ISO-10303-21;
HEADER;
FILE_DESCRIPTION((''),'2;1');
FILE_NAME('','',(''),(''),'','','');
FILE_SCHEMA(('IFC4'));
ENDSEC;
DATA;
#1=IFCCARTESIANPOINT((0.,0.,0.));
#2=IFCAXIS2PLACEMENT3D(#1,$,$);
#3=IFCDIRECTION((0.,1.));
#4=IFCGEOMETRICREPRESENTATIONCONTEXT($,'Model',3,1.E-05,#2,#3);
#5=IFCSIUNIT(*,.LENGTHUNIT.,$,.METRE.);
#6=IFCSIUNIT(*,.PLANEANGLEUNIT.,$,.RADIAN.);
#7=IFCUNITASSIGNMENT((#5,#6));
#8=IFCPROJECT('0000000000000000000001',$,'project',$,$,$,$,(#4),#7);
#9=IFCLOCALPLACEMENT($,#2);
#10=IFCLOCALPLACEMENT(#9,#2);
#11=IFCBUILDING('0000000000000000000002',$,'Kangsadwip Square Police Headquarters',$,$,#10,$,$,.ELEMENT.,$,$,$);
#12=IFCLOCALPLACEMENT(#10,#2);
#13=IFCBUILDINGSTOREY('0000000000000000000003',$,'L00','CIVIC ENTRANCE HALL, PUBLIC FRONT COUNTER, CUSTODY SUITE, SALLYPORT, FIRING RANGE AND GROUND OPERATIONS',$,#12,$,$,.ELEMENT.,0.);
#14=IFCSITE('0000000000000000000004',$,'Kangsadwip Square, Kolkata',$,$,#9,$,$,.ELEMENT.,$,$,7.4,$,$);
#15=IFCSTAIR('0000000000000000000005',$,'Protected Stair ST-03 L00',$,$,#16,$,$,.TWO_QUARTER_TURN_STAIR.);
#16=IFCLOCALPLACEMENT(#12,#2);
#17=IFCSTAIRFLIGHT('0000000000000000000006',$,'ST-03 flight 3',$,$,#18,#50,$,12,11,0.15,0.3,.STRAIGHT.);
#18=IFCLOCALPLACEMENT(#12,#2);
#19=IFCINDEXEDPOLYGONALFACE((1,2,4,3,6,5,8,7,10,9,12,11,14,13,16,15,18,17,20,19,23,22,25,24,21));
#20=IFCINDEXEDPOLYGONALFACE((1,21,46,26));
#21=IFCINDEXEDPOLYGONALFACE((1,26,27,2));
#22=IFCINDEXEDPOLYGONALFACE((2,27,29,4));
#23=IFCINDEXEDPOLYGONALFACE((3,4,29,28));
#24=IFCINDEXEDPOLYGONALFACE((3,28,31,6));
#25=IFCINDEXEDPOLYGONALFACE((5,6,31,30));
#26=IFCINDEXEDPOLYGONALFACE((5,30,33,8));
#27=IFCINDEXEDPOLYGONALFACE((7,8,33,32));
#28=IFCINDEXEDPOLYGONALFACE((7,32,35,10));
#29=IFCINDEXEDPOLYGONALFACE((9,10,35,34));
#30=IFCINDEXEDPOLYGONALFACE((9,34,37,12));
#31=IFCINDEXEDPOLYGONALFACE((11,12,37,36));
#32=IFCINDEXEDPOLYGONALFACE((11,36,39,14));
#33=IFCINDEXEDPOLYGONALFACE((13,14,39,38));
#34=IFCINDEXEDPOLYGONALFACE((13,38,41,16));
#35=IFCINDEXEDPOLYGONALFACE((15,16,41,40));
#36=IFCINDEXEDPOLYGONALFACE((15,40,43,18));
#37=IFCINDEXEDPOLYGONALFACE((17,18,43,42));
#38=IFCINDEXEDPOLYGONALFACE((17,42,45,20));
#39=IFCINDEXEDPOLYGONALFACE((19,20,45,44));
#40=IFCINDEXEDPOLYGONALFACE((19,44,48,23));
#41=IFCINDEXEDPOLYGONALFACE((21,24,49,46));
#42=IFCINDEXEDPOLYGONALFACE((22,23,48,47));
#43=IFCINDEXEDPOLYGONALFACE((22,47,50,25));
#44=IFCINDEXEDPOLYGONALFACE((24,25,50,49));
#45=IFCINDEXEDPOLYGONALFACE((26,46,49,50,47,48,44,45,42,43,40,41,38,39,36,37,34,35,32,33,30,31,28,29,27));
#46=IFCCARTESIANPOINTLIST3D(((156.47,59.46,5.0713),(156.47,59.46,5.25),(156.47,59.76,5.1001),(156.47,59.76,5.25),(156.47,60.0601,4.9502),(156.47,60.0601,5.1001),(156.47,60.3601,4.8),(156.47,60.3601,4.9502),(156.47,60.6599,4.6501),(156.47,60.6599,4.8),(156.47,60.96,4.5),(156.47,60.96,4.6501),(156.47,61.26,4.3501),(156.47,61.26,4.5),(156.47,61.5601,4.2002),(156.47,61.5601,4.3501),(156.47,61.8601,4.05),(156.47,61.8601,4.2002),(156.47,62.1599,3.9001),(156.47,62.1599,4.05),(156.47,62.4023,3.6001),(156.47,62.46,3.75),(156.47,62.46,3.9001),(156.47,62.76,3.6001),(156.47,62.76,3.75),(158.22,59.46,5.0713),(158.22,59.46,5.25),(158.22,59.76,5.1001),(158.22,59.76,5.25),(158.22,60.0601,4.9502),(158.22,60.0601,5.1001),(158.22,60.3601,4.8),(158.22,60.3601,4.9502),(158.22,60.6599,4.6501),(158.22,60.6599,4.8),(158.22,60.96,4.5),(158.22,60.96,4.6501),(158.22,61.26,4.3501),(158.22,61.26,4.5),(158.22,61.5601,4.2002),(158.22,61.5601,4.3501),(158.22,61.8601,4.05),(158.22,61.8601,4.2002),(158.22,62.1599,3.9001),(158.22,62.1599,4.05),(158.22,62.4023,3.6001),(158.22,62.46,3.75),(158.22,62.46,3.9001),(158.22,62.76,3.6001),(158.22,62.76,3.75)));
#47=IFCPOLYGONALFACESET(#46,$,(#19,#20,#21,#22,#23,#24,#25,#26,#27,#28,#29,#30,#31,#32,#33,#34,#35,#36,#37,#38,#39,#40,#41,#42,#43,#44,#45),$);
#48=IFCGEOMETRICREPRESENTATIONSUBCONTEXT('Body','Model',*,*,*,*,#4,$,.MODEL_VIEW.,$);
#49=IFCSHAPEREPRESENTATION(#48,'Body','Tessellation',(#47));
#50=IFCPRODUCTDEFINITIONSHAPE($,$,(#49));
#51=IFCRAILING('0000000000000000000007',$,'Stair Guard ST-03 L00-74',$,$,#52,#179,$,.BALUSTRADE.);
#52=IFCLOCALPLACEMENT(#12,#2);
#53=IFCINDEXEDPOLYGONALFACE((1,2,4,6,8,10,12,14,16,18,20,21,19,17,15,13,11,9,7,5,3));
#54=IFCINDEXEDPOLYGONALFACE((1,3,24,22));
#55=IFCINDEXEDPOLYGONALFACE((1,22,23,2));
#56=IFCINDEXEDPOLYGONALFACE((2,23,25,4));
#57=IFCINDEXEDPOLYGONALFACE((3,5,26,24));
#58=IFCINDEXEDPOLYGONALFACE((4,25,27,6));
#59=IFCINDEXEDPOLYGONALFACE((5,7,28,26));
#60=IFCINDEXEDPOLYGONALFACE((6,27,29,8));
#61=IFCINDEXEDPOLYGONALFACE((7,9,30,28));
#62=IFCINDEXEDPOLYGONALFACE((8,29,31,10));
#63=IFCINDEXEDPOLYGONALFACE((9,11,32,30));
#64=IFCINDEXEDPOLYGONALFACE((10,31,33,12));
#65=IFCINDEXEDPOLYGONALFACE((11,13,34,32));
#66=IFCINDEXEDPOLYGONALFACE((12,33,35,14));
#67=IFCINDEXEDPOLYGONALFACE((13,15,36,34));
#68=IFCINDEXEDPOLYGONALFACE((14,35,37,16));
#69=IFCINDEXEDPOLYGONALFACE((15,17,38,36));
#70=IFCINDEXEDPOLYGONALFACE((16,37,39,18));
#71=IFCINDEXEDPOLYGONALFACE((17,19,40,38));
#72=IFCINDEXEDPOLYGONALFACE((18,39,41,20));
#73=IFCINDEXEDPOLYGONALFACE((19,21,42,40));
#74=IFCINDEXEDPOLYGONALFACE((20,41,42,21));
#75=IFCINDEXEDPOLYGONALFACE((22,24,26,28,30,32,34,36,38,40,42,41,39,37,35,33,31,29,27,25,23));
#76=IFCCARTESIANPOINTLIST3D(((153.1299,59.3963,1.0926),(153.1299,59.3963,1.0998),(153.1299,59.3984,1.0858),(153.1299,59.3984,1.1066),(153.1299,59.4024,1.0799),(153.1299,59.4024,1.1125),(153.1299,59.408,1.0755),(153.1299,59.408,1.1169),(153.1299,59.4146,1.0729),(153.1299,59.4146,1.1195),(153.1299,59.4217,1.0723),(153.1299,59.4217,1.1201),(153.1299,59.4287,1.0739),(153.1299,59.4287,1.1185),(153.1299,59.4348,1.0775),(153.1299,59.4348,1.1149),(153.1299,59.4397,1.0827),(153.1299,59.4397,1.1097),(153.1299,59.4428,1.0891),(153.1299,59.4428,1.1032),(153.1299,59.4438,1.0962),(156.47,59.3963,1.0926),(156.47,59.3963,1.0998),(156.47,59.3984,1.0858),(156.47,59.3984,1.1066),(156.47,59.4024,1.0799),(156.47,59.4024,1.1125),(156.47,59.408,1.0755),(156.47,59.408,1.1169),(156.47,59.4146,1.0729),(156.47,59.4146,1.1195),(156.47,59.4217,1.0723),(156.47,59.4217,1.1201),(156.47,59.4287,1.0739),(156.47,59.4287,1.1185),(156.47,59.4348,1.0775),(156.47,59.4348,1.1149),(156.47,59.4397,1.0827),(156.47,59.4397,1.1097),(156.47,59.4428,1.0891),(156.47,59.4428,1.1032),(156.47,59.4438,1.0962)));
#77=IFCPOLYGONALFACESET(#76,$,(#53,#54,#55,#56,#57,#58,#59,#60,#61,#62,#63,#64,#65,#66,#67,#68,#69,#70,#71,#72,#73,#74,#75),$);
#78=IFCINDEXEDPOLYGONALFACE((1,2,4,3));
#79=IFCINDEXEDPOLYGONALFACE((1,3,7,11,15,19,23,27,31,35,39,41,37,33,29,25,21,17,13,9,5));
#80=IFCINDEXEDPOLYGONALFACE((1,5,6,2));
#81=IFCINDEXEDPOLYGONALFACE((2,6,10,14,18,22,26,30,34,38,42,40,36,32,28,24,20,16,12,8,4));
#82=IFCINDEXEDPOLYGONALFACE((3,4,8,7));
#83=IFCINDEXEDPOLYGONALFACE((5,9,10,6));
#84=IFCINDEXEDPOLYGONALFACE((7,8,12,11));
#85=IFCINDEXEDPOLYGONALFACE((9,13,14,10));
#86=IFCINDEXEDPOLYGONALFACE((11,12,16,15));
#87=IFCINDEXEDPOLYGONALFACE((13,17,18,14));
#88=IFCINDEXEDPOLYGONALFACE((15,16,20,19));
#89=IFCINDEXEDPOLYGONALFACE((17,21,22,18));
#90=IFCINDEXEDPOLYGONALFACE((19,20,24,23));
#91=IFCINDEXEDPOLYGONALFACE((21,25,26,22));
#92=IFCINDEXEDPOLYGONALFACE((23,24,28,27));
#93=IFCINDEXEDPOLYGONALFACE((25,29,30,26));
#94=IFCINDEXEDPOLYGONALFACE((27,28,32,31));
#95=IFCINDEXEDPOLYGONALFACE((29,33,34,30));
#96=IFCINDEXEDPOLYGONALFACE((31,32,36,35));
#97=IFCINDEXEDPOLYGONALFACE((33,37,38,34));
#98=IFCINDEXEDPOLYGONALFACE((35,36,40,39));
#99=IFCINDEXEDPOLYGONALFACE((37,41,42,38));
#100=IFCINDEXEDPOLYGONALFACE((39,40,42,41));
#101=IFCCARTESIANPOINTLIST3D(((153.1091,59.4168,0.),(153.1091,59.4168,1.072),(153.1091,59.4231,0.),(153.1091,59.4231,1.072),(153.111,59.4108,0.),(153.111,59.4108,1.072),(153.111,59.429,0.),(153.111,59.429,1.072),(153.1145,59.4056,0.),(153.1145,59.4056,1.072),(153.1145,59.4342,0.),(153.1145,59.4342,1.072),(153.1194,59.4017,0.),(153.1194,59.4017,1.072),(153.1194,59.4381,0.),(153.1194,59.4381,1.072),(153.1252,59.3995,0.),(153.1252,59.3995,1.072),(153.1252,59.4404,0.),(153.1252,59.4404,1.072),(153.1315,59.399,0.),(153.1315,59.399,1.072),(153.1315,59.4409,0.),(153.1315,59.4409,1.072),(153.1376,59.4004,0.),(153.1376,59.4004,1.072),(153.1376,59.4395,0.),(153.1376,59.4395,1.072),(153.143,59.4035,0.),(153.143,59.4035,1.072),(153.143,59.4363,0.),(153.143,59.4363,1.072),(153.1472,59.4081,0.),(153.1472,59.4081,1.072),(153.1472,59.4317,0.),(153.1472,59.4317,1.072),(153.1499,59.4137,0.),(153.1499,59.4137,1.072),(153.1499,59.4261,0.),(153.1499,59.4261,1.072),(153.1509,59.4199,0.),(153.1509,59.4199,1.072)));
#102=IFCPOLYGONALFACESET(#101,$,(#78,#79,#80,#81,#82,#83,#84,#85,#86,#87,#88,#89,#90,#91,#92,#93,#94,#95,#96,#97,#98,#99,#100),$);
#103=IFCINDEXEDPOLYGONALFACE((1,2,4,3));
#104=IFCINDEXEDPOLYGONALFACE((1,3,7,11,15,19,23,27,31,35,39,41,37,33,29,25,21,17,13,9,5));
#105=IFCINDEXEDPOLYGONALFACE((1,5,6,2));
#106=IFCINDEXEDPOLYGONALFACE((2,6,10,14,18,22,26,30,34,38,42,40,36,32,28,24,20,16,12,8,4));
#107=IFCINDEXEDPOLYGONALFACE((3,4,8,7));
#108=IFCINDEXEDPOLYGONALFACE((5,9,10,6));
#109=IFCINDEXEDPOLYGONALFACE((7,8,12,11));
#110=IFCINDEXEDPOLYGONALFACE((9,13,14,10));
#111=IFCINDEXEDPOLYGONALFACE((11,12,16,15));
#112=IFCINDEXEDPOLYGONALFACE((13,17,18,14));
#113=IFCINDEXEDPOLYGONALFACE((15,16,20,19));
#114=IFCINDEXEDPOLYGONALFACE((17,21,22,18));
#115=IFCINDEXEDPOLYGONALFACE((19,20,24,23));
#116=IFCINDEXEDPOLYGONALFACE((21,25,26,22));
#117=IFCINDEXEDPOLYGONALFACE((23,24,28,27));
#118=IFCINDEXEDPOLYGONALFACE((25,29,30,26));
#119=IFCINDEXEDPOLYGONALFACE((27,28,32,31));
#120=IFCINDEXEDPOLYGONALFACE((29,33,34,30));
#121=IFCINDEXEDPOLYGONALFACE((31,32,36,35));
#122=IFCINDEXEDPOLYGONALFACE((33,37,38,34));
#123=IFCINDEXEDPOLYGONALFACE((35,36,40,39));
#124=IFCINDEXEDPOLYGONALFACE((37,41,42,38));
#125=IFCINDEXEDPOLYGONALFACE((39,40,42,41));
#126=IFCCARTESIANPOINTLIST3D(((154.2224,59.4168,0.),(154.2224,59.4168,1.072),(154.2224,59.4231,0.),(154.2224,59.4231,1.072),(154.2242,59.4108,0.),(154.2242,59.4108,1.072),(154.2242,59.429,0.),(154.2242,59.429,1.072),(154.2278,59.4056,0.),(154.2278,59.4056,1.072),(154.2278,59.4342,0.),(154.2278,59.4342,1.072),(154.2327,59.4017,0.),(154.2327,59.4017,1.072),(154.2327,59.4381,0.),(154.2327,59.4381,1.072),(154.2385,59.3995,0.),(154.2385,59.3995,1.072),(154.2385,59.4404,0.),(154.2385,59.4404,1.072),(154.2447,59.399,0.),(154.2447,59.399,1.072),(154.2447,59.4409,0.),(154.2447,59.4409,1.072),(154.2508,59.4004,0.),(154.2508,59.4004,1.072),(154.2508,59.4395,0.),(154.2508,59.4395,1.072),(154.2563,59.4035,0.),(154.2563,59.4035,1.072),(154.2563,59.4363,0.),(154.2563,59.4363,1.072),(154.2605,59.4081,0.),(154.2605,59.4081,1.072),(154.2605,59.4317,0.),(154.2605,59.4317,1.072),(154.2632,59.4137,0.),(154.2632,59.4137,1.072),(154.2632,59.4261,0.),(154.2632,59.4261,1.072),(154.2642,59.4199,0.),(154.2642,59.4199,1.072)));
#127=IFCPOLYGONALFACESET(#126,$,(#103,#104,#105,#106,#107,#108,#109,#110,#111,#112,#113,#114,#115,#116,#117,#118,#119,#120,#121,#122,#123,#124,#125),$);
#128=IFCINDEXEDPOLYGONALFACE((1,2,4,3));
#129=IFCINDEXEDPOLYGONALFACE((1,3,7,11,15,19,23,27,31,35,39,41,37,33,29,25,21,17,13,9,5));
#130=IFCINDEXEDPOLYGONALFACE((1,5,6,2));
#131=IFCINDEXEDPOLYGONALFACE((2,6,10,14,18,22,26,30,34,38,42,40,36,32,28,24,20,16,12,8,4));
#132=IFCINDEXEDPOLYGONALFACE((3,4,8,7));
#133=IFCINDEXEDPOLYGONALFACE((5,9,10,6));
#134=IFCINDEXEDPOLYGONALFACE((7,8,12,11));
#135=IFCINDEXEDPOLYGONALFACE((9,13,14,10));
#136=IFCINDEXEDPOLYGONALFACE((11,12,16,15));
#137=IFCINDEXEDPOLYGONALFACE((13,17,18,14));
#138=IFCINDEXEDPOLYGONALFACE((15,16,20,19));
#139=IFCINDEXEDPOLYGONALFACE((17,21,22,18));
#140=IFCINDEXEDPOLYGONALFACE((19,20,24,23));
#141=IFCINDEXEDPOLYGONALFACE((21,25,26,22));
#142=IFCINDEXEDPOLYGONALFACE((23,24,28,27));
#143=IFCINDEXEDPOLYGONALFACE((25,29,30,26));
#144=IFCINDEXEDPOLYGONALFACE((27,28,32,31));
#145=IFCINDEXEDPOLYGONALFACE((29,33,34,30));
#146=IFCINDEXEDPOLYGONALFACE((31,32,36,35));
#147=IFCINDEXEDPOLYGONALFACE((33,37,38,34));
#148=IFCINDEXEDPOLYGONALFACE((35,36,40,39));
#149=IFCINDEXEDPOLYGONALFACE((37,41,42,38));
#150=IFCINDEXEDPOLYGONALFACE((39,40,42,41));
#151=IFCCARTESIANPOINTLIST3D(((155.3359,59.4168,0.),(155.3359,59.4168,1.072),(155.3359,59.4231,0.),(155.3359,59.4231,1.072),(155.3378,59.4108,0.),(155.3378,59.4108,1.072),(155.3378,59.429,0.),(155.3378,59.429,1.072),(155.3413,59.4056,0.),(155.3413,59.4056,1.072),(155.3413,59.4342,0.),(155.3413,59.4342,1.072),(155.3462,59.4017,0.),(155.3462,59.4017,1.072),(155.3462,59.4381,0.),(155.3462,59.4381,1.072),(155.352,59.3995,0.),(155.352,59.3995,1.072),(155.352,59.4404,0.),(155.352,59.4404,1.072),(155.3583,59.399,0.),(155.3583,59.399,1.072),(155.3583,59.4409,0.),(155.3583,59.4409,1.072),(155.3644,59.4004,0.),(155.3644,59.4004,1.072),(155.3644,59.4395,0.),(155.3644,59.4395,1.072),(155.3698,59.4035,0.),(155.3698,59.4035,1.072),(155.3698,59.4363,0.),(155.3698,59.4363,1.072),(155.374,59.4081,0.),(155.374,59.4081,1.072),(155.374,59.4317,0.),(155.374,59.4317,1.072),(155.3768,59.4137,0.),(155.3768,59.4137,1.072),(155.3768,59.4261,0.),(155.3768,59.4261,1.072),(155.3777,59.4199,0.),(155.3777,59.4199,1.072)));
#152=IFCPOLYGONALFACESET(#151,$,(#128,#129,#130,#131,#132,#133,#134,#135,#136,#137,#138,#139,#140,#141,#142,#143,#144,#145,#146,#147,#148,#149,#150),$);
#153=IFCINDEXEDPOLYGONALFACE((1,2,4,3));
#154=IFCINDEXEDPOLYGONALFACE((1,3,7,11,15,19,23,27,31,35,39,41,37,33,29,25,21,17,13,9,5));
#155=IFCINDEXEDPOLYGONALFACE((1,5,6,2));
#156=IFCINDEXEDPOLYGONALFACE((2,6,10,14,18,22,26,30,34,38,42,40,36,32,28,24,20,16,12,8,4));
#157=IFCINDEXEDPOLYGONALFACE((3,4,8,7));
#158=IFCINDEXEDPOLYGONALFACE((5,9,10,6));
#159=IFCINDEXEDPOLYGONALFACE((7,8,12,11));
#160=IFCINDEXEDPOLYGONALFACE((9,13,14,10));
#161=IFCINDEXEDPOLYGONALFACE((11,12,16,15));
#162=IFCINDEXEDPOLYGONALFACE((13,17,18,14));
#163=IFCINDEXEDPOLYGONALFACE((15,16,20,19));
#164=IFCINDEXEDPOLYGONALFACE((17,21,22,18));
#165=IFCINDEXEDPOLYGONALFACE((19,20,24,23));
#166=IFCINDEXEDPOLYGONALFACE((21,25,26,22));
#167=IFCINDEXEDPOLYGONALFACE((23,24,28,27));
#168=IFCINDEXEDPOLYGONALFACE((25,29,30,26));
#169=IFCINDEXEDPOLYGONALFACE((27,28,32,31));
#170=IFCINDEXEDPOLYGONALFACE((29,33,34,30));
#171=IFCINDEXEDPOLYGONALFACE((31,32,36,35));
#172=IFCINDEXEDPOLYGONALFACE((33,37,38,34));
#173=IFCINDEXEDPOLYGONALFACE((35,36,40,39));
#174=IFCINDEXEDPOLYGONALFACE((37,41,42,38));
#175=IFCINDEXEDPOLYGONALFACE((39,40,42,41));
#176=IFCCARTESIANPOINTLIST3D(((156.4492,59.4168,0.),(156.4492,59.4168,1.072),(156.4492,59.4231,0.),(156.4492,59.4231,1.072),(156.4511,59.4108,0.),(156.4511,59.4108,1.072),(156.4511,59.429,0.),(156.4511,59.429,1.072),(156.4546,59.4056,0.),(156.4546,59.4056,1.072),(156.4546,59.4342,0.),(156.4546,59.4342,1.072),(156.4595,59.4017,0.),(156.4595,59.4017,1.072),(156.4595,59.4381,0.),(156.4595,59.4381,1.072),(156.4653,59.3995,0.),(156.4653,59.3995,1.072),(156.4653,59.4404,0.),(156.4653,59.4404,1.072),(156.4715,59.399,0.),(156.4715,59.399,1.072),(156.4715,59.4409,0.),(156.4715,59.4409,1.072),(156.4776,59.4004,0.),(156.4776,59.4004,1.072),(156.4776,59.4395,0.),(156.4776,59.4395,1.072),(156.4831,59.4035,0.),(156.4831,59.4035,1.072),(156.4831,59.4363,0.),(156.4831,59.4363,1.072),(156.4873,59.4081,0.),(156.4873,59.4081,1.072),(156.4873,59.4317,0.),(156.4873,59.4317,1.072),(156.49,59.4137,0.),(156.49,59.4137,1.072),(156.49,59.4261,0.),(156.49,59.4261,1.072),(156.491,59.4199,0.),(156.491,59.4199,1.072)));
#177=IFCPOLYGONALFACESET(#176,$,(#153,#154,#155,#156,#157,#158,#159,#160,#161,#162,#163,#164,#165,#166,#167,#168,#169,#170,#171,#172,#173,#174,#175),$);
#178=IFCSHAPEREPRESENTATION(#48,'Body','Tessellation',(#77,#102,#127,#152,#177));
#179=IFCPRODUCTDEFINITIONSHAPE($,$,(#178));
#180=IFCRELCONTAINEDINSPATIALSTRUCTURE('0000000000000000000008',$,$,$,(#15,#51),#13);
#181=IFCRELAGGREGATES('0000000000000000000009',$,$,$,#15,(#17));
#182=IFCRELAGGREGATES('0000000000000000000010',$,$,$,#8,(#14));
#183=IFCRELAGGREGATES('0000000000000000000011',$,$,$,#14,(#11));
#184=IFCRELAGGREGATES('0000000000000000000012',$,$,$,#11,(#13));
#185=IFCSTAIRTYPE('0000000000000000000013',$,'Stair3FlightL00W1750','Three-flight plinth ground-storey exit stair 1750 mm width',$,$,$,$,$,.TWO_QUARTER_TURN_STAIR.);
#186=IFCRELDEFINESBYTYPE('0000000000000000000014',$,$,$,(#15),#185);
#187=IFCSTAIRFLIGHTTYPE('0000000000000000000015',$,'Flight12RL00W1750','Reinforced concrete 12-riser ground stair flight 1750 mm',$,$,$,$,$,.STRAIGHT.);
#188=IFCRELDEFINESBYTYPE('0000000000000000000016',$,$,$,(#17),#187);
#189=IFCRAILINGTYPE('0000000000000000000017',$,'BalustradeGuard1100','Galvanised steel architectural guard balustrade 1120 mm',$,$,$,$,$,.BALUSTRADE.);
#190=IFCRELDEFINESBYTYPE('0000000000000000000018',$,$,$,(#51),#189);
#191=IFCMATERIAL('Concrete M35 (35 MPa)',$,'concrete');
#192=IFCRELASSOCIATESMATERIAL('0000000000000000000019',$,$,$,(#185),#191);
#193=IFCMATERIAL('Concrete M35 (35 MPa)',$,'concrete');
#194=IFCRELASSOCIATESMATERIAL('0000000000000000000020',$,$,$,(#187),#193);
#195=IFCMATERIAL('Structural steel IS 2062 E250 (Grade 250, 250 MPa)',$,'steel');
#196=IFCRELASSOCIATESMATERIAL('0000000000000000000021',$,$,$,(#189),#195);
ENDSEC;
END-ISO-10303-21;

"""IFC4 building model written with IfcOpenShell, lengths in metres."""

from ifc_helpers import new_model, si_unit, direction, frame, origin, origin_2d, place, context, subcontext, project, spatial, polyline, circle, outline, extrude, material, type_object, element, aggregate, save


model = new_model("IFC4")

# Units and contexts
model_context = context("Model", 3, precision=1e-05, world=origin(), true_north=direction((0.0, 1.0)))
body_context = subcontext(model_context, "Body", "Model", "MODEL_VIEW")
ifc_project = project(units=[si_unit("LENGTHUNIT", "METRE"), si_unit("PLANEANGLEUNIT", "RADIAN")], contexts=[model_context])

# Site, building, storey
site_placement = place(None, origin())
site = spatial("IfcSite", under=ifc_project, at=site_placement, Name="Kangsadwip Square, Kolkata", CompositionType="ELEMENT", RefElevation=7.4)
building_placement = place(site_placement, origin())
building = spatial("IfcBuilding", under=site, at=building_placement, Name="Kangsadwip Square Police Headquarters", CompositionType="ELEMENT")
storey_placement = place(building_placement, origin())
storey = spatial("IfcBuildingStorey", under=building, at=storey_placement, Name="L00", Description="CIVIC ENTRANCE HALL, PUBLIC FRONT COUNTER, CUSTODY SUITE, SALLYPORT, FIRING RANGE AND GROUND OPERATIONS", CompositionType="ELEMENT", Elevation=0.0)

# Stair, stair flight
ifc_material_1 = material(Name="Concrete M35 (35 MPa)", Category="concrete")
stair_type = type_object("IfcStairType", Name="Stair3FlightL00W1750", Description="Three-flight plinth ground-storey exit stair 1750 mm width", PredefinedType="TWO_QUARTER_TURN_STAIR", material=ifc_material_1)
stair_placement = place(storey_placement, origin())
stair = element("IfcStair", 1, at=stair_placement, inside=storey, type_object=stair_type, Name="Protected Stair ST-03 L00", PredefinedType="TWO_QUARTER_TURN_STAIR")
ifc_material_2 = material(Name="Concrete M35 (35 MPa)", Category="concrete")
stair_flight_type = type_object("IfcStairFlightType", Name="Flight12RL00W1750", Description="Reinforced concrete 12-riser ground stair flight 1750 mm", PredefinedType="STRAIGHT", material=ifc_material_2)
stair_flight_1_placement = place(storey_placement, frame((157.345, 62.76, 3.6001), z_axis=(0.0, 0.0, 1.0), x_axis=(0.0, -1.0, 0.0)))
stair_flight_1 = element("IfcStairFlight", 2, at=stair_flight_1_placement, type_object=stair_flight_type, Name="ST-03 flight 3", NumberOfRisers=12, NumberOfTreads=11, PredefinedType="STRAIGHT", RiserHeight=0.15, TreadLength=0.3, context=body_context, shape_type="SweptSolid", body=[
    extrude(outline(polyline([(0.0, 0.0), (0.0, 0.1499), (0.3, 0.1499), (0.3, 0.3), (0.6001, 0.3), (0.6001, 0.45), (0.8999, 0.45), (0.8999, 0.6001), (1.2, 0.6001), (1.2, 0.75), (1.5, 0.75), (1.5, 0.8999), (1.8, 0.8999), (1.8, 1.05), (2.1001, 1.05), (2.1001, 1.2), (2.3999, 1.2), (2.3999, 1.3501), (2.7, 1.3501), (2.7, 1.5), (3.0, 1.5), (3.0, 1.6499), (3.3, 1.6499), (3.3, 1.8), (3.3, 1.4712), (0.3577, 0.0), (0.0, 0.0)])), frame((0.0, 0.875, 0.0), z_axis=(0.0, -1.0, 0.0), x_axis=(1.0, 0.0, 0.0)), (0.0, 0.0, 1.0), 1.75),
])
aggregate(stair, [stair_flight_1])

# Railing
ifc_material_3 = material(Name="Structural steel IS 2062 E250 (Grade 250, 250 MPa)", Category="steel")
railing_type_1 = type_object("IfcRailingType", Name="BalustradeGuard1100", Description="Galvanised steel architectural guard balustrade 1120 mm", PredefinedType="BALUSTRADE", material=ifc_material_3)
railing_1_placement = place(storey_placement, frame((153.1299, 59.4199, 0.0)))
element("IfcRailing", 3, at=railing_1_placement, inside=storey, type_object=railing_type_1, Name="Stair Guard ST-03 L00-74", PredefinedType="BALUSTRADE", context=body_context, shape_type="SweptSolid", body=[
    extrude(circle(Radius=0.0239, at=origin_2d()), frame((0.0, 0.0, 1.0962), z_axis=(1.0, 0.0, 0.0), x_axis=(0.0, 1.0, 0.0)), (0.0, 0.0, 1.0), 3.3401),
    extrude(circle(Radius=0.021, at=origin_2d()), origin(), (0.0, 0.0, 1.0), 1.072),
    extrude(circle(Radius=0.021, at=origin_2d()), frame((1.1133, 0.0, 0.0)), (0.0, 0.0, 1.0), 1.072),
    extrude(circle(Radius=0.021, at=origin_2d()), frame((2.2268, 0.0, 0.0)), (0.0, 0.0, 1.0), 1.072),
    extrude(circle(Radius=0.021, at=origin_2d()), frame((3.3401, 0.0, 0.0)), (0.0, 0.0, 1.0), 1.072),
])

save(model, "model.ifc")
